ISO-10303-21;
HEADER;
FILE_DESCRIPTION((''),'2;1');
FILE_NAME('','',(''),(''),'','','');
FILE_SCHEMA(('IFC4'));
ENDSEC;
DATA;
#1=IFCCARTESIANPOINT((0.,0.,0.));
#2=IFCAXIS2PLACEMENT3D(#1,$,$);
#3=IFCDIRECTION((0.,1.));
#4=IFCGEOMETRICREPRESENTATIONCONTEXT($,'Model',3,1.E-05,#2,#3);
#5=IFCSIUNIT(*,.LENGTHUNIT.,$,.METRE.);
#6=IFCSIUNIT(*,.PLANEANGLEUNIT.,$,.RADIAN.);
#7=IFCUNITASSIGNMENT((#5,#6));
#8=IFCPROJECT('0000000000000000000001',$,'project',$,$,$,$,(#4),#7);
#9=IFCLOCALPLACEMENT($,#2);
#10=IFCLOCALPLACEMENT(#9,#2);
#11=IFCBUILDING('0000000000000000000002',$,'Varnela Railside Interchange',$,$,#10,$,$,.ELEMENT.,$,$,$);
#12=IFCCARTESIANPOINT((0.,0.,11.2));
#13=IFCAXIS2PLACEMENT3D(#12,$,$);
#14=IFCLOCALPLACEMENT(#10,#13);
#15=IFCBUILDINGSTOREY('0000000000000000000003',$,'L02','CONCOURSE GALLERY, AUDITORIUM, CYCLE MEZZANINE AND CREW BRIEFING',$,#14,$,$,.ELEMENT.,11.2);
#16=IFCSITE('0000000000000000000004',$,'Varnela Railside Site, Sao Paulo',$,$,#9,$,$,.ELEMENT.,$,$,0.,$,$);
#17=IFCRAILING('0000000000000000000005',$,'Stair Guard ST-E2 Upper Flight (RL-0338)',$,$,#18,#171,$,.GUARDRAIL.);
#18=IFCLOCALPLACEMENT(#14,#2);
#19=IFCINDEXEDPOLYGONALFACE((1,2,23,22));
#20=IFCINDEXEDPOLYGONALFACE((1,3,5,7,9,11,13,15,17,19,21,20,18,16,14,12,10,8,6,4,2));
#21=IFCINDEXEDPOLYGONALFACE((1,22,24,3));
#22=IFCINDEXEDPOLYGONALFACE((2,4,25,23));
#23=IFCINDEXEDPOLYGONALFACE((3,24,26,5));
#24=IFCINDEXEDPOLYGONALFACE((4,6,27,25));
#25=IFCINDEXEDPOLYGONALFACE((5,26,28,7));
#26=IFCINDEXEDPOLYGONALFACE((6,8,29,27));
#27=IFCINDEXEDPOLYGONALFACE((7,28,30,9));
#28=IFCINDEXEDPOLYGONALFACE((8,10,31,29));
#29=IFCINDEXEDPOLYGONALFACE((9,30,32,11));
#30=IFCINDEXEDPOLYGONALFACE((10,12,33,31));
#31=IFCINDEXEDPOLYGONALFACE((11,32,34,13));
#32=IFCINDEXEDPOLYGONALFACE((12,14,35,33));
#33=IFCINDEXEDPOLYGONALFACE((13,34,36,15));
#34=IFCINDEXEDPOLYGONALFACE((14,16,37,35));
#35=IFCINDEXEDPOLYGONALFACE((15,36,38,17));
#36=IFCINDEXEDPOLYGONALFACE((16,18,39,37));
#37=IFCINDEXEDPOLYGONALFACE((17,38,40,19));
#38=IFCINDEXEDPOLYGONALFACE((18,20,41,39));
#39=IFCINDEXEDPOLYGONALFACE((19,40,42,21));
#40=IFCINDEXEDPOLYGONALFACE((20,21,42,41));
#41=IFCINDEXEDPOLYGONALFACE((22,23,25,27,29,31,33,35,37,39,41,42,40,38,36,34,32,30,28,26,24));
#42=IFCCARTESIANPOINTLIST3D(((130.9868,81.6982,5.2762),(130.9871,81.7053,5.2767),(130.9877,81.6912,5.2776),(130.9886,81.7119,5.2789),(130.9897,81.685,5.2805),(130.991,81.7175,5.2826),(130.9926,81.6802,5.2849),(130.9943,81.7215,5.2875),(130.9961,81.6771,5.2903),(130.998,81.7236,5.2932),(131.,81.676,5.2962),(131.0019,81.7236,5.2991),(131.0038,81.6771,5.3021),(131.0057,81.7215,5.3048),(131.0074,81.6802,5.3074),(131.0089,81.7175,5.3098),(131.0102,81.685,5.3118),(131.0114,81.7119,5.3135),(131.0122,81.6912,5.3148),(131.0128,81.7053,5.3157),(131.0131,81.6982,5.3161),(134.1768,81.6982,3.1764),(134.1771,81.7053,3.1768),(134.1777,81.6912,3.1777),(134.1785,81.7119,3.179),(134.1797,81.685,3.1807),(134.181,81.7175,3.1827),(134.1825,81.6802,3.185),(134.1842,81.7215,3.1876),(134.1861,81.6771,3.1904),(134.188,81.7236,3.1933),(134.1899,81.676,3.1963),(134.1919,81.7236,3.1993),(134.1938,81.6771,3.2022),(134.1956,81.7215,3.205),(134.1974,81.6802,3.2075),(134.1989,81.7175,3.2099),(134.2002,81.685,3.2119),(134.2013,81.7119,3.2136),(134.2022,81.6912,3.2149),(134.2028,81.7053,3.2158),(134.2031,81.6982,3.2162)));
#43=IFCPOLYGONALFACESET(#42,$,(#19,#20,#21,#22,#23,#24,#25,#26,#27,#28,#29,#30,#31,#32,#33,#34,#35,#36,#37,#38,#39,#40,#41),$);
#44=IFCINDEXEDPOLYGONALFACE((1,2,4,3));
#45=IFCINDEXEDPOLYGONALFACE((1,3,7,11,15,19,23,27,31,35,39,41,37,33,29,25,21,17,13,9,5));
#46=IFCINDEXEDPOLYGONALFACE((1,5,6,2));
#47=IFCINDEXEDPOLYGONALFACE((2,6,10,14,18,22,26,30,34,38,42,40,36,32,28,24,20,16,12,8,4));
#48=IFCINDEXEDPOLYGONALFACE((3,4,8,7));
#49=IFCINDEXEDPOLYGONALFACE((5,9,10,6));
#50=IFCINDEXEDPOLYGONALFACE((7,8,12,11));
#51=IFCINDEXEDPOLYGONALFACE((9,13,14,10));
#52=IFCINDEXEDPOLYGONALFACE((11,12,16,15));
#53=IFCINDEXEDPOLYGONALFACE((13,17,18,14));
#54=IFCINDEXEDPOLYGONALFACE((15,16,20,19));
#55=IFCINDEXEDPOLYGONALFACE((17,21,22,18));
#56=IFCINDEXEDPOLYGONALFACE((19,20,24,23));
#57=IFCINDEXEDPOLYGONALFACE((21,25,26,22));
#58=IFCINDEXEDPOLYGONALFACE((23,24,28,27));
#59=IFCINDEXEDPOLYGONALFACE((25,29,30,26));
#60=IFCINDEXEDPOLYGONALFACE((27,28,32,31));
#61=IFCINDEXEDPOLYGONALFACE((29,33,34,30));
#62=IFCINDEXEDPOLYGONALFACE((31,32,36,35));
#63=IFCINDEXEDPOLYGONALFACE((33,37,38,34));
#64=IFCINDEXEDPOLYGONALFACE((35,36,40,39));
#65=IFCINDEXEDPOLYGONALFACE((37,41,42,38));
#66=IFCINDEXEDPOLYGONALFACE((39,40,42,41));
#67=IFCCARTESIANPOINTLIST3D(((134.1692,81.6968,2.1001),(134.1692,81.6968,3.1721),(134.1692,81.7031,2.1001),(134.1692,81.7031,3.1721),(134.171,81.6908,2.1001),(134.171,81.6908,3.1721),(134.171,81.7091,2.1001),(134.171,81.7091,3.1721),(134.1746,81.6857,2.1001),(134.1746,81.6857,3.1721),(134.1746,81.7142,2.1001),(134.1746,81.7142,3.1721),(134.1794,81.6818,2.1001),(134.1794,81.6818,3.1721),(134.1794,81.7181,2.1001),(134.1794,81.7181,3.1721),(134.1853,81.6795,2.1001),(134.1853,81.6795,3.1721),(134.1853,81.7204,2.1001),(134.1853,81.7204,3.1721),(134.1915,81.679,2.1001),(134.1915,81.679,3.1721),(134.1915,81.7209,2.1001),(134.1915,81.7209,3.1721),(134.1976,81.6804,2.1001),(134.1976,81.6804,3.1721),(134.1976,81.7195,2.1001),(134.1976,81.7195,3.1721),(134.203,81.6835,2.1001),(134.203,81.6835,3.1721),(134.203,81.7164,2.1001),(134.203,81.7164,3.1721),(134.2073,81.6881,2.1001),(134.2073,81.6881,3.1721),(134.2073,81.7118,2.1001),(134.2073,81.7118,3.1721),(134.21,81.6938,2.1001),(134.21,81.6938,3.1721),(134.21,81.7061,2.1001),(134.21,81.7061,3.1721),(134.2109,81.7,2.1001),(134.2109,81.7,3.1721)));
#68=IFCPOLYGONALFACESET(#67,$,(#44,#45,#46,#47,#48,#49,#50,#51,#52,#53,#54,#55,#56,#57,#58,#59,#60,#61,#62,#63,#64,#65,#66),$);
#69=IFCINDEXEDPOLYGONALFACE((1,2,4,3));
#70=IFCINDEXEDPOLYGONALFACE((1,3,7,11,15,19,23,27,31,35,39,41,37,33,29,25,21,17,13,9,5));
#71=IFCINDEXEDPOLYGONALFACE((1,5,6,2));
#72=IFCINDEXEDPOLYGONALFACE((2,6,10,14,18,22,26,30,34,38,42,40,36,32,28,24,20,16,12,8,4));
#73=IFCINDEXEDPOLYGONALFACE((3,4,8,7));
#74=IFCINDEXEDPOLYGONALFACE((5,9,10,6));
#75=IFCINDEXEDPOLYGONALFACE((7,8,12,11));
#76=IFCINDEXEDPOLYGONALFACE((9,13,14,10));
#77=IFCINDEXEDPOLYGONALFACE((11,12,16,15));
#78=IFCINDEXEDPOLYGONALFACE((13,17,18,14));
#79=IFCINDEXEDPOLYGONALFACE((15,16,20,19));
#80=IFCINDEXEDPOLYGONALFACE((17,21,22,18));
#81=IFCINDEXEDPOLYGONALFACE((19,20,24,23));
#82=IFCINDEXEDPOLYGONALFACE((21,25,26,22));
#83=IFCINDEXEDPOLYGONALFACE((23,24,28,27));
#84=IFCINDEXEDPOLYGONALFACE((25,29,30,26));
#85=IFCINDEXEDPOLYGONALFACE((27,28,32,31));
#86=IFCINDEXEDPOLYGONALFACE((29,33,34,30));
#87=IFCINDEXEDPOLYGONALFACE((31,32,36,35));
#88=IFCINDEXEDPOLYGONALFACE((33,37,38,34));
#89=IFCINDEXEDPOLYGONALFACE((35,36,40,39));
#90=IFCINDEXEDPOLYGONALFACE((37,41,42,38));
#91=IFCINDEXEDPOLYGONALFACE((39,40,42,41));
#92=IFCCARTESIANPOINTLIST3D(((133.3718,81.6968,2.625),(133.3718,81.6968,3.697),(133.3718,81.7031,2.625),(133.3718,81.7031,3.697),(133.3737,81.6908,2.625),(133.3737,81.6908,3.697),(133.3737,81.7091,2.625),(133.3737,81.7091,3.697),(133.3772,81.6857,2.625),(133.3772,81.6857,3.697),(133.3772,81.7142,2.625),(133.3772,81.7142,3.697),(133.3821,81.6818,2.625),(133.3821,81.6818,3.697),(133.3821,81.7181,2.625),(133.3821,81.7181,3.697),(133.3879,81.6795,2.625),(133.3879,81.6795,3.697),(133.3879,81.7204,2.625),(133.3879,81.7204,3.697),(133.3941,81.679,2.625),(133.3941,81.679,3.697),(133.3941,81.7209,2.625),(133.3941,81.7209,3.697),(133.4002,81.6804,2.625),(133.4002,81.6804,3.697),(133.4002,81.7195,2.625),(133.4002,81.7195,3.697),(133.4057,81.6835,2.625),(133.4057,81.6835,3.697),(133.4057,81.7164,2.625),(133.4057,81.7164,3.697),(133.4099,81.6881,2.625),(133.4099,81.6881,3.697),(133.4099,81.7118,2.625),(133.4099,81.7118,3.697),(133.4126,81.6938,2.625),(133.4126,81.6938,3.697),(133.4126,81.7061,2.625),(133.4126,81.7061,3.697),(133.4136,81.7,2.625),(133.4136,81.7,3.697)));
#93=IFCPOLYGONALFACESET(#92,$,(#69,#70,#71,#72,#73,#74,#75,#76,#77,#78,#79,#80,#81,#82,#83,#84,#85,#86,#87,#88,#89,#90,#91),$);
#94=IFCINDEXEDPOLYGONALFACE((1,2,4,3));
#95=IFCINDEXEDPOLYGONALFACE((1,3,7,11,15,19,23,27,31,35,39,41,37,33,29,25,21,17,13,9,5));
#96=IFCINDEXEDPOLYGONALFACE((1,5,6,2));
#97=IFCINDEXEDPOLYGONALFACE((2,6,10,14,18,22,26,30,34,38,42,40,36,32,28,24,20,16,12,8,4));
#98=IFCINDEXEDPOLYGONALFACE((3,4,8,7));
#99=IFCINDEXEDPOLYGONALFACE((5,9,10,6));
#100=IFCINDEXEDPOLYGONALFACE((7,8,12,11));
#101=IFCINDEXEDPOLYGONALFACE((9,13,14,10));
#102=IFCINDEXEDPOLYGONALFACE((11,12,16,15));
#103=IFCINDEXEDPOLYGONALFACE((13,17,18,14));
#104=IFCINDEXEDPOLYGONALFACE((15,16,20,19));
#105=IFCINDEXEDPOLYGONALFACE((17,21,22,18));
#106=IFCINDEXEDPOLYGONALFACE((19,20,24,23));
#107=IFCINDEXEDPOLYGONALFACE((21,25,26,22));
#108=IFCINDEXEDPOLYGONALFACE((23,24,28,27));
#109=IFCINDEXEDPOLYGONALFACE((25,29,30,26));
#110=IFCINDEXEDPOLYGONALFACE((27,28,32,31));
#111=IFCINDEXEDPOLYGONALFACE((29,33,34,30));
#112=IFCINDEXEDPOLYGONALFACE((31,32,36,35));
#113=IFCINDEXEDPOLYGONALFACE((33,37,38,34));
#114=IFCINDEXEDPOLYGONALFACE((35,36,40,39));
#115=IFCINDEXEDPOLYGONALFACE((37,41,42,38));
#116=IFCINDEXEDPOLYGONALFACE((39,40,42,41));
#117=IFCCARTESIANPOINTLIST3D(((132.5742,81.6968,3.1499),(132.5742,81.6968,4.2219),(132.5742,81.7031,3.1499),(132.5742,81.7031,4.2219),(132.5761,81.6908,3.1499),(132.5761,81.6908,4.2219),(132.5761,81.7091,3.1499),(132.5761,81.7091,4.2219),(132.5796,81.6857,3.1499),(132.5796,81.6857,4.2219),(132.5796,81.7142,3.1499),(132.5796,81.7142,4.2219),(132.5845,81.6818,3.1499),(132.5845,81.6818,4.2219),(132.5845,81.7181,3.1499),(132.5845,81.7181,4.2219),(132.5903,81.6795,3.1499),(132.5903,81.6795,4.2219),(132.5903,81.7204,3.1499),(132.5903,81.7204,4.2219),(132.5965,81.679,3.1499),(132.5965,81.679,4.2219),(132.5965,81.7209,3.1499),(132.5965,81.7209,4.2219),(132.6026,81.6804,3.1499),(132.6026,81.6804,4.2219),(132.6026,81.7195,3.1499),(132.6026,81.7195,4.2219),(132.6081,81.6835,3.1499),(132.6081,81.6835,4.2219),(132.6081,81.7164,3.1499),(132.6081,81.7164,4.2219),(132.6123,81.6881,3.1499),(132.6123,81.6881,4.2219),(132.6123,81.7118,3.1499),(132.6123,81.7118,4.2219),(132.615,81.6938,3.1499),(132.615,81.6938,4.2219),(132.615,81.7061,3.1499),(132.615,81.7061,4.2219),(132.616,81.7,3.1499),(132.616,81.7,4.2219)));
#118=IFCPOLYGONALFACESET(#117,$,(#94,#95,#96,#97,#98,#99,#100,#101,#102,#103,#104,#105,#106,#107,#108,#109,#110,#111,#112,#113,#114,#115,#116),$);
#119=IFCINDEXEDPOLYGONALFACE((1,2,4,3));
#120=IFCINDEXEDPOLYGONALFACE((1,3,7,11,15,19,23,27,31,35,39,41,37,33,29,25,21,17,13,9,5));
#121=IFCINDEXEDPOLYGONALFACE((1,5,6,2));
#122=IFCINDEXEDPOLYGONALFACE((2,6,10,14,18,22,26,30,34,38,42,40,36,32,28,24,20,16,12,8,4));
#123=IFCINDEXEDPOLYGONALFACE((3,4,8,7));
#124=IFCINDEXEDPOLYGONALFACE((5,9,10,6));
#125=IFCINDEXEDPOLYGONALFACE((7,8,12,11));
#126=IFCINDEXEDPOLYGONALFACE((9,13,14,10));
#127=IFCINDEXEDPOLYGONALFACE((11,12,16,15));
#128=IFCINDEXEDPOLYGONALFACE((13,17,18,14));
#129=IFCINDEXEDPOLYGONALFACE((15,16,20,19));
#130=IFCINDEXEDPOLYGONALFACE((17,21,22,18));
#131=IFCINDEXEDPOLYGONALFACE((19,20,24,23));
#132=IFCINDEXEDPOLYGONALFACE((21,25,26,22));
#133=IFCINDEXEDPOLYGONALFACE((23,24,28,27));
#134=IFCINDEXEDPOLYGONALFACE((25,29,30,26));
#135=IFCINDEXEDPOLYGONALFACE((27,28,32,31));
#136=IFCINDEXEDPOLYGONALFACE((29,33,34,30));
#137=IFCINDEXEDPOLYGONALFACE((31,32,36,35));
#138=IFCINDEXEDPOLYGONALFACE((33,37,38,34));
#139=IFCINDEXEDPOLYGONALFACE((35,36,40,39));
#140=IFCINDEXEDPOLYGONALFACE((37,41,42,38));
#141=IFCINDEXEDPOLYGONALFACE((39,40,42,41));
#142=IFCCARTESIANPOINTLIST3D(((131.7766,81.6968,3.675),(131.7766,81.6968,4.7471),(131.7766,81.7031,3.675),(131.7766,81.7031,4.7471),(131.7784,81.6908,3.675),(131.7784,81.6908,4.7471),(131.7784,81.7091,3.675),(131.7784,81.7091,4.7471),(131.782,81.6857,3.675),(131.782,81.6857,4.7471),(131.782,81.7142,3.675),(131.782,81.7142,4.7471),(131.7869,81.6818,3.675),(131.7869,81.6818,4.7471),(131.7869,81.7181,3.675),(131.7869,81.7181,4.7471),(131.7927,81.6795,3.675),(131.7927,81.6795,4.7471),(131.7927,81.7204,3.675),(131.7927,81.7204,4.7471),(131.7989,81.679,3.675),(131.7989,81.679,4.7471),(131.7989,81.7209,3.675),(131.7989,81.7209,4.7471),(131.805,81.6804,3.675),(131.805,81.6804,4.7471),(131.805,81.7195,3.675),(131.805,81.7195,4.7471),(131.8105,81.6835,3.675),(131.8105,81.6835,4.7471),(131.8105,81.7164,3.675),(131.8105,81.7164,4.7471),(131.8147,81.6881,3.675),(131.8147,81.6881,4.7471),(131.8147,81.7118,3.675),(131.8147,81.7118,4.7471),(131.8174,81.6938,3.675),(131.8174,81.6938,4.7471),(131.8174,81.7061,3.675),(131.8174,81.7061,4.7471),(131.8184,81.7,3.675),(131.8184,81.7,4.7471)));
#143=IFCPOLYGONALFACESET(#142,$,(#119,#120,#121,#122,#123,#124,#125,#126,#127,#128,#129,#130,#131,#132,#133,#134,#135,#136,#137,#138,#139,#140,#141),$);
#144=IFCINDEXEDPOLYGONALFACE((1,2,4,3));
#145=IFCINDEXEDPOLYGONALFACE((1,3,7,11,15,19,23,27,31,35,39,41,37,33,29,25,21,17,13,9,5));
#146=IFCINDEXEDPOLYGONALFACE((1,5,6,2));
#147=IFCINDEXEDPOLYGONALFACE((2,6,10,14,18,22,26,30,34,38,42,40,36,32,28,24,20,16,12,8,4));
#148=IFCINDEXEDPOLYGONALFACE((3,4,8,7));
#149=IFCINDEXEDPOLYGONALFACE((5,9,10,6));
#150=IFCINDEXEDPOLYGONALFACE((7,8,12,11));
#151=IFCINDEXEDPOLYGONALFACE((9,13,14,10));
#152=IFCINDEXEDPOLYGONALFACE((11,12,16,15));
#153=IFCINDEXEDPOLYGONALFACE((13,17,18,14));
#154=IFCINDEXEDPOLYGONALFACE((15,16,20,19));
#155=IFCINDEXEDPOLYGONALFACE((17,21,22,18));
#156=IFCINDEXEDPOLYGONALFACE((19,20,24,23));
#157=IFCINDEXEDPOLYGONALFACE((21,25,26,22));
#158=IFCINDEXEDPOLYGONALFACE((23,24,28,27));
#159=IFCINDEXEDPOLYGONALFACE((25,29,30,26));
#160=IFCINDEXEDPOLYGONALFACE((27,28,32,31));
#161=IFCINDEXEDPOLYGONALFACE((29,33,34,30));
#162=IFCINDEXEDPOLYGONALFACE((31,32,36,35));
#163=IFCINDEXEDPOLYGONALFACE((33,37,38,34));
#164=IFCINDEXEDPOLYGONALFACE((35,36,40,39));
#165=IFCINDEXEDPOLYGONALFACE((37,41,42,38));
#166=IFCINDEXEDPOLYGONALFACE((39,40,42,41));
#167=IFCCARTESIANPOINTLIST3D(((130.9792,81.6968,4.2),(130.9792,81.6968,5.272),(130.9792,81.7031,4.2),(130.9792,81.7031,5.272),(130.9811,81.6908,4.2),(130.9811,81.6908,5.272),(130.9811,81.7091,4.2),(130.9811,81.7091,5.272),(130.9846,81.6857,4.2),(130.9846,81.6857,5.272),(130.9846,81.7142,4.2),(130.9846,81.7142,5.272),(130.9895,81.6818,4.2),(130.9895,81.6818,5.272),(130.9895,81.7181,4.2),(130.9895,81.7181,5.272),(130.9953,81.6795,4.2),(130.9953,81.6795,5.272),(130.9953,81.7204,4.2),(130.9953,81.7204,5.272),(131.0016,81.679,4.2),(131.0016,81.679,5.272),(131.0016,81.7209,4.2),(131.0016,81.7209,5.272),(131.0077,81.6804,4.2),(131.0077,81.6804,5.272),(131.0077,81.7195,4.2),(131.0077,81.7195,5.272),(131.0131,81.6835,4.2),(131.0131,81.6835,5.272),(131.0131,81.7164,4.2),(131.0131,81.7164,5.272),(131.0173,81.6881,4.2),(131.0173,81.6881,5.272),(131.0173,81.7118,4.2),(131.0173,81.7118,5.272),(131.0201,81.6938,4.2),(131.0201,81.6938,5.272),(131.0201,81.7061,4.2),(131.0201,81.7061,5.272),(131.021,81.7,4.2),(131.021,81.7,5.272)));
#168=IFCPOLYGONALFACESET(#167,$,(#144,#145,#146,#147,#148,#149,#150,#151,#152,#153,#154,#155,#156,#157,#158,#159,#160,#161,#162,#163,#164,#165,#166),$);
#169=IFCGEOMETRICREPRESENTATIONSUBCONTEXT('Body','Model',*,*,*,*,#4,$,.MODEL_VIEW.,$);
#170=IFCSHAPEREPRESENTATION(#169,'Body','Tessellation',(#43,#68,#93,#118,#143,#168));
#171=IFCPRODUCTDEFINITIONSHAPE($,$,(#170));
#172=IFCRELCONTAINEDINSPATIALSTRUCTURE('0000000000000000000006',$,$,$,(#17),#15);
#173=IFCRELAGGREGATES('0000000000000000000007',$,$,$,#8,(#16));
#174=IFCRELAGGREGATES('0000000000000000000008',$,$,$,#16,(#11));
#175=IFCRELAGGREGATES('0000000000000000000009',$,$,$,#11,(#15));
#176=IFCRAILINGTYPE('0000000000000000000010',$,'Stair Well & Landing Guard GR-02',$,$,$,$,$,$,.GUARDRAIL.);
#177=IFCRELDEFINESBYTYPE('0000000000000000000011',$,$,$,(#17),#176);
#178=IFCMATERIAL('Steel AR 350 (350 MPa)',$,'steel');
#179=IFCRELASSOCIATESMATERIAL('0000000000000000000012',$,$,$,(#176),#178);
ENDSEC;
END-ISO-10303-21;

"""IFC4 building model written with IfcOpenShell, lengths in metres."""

from ifc_helpers import new_model, si_unit, direction, frame, origin, origin_2d, place, context, subcontext, project, spatial, circle, extrude, material, type_object, element, save


model = new_model("IFC4")

# Units and contexts
model_context = context("Model", 3, precision=1e-05, world=origin(), true_north=direction((0.0, 1.0)))
body_context = subcontext(model_context, "Body", "Model", "MODEL_VIEW")
ifc_project = project(units=[si_unit("LENGTHUNIT", "METRE"), si_unit("PLANEANGLEUNIT", "RADIAN")], contexts=[model_context])

# Site, building, storey
site_placement = place(None, origin())
site = spatial("IfcSite", under=ifc_project, at=site_placement, Name="Varnela Railside Site, Sao Paulo", CompositionType="ELEMENT", RefElevation=0.0)
building_placement = place(site_placement, origin())
building = spatial("IfcBuilding", under=site, at=building_placement, Name="Varnela Railside Interchange", CompositionType="ELEMENT")
storey_placement = place(building_placement, frame((0.0, 0.0, 11.2)))
storey = spatial("IfcBuildingStorey", under=building, at=storey_placement, Name="L02", Description="CONCOURSE GALLERY, AUDITORIUM, CYCLE MEZZANINE AND CREW BRIEFING", CompositionType="ELEMENT", Elevation=11.2)

# Shared definitions
ifc_material_1 = material(Name="Steel AR 350 (350 MPa)", Category="steel")

# Railing
railing_type_1 = type_object("IfcRailingType", Name="Stair Well & Landing Guard GR-02", PredefinedType="GUARDRAIL", material=ifc_material_1)
railing_1_placement = place(storey_placement, frame((134.1899, 81.7, 2.1001)))
element("IfcRailing", 1, at=railing_1_placement, inside=storey, type_object=railing_type_1, Name="Stair Guard ST-E2 Upper Flight (RL-0338)", PredefinedType="GUARDRAIL", context=body_context, shape_type="SweptSolid", body=[
    extrude(circle(Radius=0.0239, at=origin_2d()), frame((0.0, 0.0, 1.0962), z_axis=(-0.835272, 0.0, 0.549837), x_axis=(0.0, -1.0, 0.0)), (0.0, 0.0, 1.0), 3.8191),
    extrude(circle(Radius=0.021, at=origin_2d()), origin(), (0.0, 0.0, 1.0), 1.072),
    extrude(circle(Radius=0.021, at=origin_2d()), frame((-0.7974, 0.0, 0.5249)), (0.0, 0.0, 1.0), 1.072),
    extrude(circle(Radius=0.021, at=origin_2d()), frame((-1.595, 0.0, 1.0498)), (0.0, 0.0, 1.0), 1.072),
    extrude(circle(Radius=0.021, at=origin_2d()), frame((-2.3926, 0.0, 1.575)), (0.0, 0.0, 1.0), 1.072),
    extrude(circle(Radius=0.021, at=origin_2d()), frame((-3.1899, 0.0, 2.0999)), (0.0, 0.0, 1.0), 1.072),
])

save(model, "model.ifc")
